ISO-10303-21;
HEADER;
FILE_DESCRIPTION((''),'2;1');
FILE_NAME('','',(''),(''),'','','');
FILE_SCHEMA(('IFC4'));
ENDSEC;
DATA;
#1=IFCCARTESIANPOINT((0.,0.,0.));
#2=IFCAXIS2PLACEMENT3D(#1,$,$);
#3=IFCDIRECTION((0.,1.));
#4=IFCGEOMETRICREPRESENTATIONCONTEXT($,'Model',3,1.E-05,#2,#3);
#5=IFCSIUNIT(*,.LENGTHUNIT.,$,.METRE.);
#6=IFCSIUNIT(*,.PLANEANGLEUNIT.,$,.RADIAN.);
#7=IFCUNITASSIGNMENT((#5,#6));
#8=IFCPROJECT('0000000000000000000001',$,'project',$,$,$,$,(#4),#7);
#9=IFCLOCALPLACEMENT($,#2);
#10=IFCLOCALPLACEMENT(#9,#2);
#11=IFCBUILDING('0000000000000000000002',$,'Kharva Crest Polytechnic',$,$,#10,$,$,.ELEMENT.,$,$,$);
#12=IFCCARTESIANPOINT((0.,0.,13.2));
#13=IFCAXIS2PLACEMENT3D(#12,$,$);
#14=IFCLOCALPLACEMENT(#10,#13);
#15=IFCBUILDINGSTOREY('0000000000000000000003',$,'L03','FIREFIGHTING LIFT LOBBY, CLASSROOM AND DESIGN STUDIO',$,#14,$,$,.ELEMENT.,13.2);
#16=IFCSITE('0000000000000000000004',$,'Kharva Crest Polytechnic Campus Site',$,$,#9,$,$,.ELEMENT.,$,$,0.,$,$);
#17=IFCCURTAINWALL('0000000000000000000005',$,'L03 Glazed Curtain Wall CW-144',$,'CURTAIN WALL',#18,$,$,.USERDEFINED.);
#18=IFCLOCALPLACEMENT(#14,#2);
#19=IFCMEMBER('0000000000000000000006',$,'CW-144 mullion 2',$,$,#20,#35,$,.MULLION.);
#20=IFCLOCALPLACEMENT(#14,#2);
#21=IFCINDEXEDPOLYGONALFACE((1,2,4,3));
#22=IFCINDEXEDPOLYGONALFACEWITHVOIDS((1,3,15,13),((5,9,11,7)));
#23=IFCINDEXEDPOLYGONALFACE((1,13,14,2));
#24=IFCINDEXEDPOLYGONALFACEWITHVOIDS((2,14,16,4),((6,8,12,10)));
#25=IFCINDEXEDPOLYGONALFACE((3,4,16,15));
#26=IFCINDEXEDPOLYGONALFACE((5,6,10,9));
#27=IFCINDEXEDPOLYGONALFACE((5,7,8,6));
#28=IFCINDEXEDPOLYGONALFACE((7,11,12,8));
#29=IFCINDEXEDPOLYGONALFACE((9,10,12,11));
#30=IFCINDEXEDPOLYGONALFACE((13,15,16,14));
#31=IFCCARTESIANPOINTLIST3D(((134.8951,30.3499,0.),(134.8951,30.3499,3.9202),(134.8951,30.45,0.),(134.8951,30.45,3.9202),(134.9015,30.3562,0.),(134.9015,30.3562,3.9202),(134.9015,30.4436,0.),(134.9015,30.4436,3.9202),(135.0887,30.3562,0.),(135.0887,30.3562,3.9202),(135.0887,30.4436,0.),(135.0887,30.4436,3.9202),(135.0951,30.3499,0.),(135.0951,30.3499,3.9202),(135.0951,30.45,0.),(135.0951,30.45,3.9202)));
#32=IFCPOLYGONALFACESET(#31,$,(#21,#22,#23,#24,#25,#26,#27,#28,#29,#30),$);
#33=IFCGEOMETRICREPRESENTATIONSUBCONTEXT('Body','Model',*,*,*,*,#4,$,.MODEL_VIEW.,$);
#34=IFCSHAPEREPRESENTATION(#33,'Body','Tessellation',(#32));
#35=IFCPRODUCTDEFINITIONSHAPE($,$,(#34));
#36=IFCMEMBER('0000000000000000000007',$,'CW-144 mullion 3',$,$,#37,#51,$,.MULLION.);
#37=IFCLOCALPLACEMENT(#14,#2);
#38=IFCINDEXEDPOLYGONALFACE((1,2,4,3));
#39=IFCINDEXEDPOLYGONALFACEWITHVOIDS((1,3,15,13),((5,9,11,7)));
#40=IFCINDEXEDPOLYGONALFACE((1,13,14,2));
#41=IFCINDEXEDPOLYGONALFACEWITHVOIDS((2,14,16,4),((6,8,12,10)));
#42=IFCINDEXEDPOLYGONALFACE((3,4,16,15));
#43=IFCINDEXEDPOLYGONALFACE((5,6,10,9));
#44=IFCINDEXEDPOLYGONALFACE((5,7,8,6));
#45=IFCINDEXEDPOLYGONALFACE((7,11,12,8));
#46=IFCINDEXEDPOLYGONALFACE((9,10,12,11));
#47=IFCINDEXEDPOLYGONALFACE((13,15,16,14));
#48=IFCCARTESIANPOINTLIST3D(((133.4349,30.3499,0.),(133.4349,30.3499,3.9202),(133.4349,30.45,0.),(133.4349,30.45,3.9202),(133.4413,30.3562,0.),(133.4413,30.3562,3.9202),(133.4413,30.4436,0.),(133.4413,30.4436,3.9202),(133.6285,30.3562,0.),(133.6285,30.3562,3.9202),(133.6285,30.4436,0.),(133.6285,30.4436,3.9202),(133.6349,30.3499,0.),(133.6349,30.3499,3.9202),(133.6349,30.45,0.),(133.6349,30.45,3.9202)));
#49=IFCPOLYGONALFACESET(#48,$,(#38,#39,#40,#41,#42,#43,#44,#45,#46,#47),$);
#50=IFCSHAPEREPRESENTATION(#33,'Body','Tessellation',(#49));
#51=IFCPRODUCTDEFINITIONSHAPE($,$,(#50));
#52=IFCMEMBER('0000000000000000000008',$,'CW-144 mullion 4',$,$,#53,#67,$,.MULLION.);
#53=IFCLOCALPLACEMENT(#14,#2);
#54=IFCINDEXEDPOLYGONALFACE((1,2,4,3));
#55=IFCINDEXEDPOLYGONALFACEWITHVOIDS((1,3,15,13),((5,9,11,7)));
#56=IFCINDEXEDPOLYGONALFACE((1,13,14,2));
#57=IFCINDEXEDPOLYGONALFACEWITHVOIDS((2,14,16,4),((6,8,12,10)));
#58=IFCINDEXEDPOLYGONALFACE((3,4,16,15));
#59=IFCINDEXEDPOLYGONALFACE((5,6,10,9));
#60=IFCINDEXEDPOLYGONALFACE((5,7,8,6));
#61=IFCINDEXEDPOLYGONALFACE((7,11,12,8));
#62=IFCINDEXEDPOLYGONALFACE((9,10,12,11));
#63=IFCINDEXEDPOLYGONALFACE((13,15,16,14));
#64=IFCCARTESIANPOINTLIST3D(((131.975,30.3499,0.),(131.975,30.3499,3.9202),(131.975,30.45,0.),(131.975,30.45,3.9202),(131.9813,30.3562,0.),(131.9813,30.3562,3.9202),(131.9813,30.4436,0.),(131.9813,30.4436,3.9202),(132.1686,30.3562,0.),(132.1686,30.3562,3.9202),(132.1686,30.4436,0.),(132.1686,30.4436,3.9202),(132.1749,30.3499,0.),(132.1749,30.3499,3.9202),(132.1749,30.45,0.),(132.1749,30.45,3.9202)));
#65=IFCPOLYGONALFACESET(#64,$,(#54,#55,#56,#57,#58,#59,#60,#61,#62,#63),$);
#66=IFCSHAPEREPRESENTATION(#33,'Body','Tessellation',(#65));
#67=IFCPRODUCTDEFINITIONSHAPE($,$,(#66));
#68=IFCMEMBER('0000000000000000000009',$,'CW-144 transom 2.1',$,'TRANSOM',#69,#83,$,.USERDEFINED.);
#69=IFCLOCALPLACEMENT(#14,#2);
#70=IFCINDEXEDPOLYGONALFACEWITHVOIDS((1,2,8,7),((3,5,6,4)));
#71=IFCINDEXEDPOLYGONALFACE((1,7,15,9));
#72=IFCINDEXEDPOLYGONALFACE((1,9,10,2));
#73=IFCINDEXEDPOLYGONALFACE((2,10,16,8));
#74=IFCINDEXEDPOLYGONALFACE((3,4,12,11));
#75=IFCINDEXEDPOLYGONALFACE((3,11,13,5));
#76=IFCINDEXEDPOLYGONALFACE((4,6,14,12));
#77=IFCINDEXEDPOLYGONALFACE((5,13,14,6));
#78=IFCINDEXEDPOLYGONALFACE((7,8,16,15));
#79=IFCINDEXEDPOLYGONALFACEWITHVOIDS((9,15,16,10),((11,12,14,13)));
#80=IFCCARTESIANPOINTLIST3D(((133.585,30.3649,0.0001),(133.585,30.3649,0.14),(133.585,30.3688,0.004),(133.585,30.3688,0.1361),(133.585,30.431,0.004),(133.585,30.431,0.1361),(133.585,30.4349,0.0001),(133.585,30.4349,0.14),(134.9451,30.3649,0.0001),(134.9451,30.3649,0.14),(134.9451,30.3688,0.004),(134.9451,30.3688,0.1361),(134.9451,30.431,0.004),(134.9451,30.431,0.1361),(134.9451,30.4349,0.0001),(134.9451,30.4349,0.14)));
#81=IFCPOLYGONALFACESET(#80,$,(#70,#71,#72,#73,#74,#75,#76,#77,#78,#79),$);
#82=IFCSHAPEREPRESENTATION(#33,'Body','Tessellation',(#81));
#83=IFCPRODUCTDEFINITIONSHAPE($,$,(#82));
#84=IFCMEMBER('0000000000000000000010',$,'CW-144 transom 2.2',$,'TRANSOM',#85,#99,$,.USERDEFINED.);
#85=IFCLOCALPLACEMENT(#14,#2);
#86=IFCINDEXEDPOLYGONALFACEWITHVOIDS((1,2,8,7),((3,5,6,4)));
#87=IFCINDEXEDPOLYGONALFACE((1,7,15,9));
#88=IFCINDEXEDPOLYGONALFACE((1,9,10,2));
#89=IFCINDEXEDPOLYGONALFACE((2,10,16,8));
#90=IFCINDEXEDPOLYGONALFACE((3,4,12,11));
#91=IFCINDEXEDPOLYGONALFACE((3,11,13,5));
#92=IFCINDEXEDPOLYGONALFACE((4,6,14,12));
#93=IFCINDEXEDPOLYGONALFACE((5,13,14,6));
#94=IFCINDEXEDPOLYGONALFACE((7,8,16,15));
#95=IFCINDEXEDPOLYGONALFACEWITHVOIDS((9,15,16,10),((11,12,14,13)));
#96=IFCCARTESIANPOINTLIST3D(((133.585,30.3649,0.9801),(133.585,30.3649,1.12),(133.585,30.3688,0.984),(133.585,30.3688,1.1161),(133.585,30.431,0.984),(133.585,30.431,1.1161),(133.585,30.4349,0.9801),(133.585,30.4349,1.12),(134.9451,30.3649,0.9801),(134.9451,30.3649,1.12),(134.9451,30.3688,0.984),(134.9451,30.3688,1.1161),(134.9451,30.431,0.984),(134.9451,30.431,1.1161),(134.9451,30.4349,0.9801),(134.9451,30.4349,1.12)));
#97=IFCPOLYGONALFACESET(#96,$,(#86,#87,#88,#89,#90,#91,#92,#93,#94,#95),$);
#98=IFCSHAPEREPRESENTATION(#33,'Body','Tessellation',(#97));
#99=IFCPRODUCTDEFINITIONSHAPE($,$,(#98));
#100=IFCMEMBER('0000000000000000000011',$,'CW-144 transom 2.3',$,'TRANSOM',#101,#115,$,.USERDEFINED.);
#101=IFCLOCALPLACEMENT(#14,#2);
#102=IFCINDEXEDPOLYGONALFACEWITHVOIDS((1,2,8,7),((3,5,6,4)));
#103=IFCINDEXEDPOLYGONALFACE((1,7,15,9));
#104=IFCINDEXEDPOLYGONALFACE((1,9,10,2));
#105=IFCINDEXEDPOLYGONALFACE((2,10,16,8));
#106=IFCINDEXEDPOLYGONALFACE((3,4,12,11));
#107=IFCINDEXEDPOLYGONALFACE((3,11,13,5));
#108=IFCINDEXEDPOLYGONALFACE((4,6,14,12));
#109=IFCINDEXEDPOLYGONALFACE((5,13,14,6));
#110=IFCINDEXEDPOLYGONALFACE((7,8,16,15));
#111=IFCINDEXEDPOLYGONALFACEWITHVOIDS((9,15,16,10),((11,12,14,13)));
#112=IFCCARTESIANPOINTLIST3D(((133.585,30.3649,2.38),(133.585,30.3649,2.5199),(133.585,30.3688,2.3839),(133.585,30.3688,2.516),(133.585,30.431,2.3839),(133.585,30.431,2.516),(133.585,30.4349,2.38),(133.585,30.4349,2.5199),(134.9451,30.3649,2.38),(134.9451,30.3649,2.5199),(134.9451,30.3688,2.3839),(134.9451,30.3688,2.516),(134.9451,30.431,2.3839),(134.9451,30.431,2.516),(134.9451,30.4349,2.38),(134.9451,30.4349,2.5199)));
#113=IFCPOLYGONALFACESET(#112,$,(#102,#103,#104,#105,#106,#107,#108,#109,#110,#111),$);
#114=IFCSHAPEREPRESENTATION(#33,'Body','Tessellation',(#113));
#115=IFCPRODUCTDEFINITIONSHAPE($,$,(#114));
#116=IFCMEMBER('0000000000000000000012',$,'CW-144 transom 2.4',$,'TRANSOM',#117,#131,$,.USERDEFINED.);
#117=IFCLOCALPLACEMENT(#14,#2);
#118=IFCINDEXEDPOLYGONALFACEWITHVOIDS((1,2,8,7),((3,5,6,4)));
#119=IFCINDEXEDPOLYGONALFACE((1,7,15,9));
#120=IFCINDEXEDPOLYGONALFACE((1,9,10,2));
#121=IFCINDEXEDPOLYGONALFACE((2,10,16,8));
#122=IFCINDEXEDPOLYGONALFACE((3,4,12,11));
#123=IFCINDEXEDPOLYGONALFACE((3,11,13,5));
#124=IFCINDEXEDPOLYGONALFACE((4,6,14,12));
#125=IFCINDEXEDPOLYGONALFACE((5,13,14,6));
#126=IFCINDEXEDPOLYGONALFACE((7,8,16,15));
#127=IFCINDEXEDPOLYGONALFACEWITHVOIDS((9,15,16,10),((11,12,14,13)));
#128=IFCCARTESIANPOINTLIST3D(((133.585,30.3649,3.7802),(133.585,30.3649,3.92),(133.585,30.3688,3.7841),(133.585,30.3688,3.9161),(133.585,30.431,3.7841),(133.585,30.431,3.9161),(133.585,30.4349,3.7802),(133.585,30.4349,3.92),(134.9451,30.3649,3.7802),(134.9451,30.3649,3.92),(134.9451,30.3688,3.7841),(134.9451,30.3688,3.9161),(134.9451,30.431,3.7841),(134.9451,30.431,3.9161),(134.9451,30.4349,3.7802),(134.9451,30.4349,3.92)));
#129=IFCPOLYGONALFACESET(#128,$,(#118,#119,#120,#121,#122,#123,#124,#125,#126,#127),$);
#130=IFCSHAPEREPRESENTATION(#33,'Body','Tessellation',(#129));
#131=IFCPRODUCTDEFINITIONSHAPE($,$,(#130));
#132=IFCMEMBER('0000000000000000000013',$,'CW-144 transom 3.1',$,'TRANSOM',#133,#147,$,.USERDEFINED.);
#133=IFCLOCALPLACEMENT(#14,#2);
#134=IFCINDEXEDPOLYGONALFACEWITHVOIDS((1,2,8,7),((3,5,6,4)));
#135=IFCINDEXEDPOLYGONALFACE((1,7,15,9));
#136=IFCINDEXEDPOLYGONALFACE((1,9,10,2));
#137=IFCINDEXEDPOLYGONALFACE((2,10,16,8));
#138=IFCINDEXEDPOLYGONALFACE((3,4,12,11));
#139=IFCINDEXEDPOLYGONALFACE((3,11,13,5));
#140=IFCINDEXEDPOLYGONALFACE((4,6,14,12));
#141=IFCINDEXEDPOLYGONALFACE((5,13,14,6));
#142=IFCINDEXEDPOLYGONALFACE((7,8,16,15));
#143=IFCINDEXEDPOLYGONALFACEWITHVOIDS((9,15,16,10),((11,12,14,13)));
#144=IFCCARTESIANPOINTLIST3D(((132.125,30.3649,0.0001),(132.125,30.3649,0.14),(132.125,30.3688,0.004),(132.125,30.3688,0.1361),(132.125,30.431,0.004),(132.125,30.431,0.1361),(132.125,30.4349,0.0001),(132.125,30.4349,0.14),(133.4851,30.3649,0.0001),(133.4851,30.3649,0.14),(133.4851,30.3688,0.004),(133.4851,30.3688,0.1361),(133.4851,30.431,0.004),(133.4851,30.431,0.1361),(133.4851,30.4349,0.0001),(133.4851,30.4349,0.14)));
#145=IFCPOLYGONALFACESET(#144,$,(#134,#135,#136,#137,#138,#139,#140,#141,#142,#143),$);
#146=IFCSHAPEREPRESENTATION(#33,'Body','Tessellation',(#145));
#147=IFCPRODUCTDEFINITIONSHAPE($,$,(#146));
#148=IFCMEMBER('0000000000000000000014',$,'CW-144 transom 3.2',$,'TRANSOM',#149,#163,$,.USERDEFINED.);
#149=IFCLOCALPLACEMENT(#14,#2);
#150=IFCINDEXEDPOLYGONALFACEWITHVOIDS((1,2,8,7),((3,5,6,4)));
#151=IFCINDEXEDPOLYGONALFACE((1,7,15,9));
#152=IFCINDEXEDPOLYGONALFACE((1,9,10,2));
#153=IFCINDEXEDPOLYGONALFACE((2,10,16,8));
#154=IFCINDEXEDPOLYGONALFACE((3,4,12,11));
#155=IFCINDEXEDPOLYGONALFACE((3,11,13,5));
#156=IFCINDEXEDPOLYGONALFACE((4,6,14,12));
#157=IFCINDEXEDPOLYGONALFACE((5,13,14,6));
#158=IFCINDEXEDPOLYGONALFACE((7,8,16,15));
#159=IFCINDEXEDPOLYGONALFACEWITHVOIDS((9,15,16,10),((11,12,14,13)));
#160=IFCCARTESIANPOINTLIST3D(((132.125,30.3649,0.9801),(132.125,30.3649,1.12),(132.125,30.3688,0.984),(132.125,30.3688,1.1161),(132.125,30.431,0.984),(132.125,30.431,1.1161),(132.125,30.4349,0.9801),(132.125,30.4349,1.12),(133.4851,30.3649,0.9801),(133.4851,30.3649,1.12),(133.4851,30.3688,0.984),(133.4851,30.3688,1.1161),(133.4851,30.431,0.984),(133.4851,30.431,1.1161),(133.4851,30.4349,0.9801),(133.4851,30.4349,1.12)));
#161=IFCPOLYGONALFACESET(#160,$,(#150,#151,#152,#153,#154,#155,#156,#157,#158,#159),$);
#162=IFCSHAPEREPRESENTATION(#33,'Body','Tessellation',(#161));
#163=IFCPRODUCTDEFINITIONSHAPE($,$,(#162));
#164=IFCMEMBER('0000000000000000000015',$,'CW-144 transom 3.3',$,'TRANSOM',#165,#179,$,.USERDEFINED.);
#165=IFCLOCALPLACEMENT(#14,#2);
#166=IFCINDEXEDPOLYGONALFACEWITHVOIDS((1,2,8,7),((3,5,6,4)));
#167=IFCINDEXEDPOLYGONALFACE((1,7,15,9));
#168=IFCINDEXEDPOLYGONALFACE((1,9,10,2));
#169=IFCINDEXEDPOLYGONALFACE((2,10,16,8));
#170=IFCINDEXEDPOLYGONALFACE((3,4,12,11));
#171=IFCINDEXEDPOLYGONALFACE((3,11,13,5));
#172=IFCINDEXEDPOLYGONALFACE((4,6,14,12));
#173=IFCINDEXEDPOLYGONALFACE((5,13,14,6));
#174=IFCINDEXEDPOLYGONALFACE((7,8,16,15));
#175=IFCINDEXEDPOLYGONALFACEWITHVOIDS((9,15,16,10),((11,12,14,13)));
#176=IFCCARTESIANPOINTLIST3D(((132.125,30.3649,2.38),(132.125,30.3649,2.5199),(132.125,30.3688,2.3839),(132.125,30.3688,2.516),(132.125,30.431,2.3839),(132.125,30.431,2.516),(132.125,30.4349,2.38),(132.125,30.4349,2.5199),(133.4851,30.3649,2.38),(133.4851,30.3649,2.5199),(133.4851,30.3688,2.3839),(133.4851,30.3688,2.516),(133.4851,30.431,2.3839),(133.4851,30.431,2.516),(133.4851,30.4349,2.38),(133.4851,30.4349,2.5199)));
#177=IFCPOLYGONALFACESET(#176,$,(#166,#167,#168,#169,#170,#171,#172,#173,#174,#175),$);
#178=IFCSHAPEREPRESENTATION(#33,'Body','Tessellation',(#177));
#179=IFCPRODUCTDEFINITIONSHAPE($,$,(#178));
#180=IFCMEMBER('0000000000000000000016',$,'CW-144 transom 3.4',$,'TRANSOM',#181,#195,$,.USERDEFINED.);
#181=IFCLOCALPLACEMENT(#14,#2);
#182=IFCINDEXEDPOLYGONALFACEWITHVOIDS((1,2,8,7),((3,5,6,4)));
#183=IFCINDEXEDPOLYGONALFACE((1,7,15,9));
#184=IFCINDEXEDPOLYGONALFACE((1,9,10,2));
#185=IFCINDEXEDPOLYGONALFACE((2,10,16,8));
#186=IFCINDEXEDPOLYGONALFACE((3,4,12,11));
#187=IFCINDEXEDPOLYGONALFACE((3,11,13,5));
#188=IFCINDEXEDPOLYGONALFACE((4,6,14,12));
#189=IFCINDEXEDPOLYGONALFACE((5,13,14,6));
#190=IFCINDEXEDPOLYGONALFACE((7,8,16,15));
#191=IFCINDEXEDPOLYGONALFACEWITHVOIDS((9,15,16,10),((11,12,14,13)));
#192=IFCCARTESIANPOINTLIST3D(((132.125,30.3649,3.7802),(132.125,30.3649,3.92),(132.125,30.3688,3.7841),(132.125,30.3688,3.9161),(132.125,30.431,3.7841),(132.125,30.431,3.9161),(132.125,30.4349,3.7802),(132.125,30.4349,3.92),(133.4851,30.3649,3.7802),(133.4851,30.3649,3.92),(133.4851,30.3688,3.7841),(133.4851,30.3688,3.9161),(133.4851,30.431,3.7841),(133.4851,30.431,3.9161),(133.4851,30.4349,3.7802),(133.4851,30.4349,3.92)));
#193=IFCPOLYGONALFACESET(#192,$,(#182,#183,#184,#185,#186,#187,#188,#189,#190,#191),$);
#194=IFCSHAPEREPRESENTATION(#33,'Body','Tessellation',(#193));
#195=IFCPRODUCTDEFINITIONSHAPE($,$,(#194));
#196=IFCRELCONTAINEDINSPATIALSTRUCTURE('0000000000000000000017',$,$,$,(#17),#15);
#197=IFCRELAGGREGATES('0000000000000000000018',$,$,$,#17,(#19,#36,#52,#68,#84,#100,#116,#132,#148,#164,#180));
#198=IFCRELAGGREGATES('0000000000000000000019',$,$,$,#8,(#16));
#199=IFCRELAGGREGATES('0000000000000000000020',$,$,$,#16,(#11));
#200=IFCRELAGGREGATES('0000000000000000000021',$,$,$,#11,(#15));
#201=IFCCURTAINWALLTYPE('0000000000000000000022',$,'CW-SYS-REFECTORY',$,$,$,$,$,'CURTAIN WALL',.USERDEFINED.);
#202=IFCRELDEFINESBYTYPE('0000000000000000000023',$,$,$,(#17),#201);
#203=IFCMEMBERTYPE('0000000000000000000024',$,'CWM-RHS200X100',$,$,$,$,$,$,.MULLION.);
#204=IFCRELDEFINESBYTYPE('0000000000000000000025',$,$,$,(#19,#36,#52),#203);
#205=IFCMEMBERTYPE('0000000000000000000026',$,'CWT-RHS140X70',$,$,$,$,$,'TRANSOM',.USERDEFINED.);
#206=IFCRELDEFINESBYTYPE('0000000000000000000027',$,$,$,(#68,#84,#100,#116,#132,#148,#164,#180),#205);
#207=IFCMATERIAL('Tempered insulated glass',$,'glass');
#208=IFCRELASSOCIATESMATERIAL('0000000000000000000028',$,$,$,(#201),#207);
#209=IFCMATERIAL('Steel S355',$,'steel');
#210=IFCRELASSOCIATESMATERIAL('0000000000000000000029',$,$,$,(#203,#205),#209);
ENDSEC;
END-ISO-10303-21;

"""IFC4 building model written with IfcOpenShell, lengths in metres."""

from ifc_helpers import new_model, si_unit, direction, frame, origin, origin_2d, place, context, subcontext, project, spatial, hollow_rectangle, extrude, material, material_profile, profile_set, type_object, element, aggregate, save


model = new_model("IFC4")

# Units and contexts
model_context = context("Model", 3, precision=1e-05, world=origin(), true_north=direction((0.0, 1.0)))
body_context = subcontext(model_context, "Body", "Model", "MODEL_VIEW")
ifc_project = project(units=[si_unit("LENGTHUNIT", "METRE"), si_unit("PLANEANGLEUNIT", "RADIAN")], contexts=[model_context])

# Site, building, storey
site_placement = place(None, origin())
site = spatial("IfcSite", under=ifc_project, at=site_placement, Name="Kharva Crest Polytechnic Campus Site", CompositionType="ELEMENT", RefElevation=0.0)
building_placement = place(site_placement, origin())
building = spatial("IfcBuilding", under=site, at=building_placement, Name="Kharva Crest Polytechnic", CompositionType="ELEMENT")
storey_placement = place(building_placement, frame((0.0, 0.0, 13.2)))
storey = spatial("IfcBuildingStorey", under=building, at=storey_placement, Name="L03", Description="FIREFIGHTING LIFT LOBBY, CLASSROOM AND DESIGN STUDIO", CompositionType="ELEMENT", Elevation=13.2)

# Curtain wall, members
ifc_material_1 = material(Name="Tempered insulated glass", Category="glass")
curtain_wall_type = type_object("IfcCurtainWallType", Name="CW-SYS-REFECTORY", ElementType="CURTAIN WALL", PredefinedType="USERDEFINED", material=ifc_material_1)
curtain_wall_placement = place(storey_placement, origin())
curtain_wall = element("IfcCurtainWall", 1, at=curtain_wall_placement, inside=storey, type_object=curtain_wall_type, Name="L03 Glazed Curtain Wall CW-144", ObjectType="CURTAIN WALL", PredefinedType="USERDEFINED")
ifc_material_2 = material(Name="Steel S355", Category="steel")
ifc_material_profile_1 = material_profile(ifc_material_2, hollow_rectangle(XDim=0.1001, YDim=0.2, WallThickness=0.0063, at=origin_2d()), Name="RHS 200X100X6.3")
ifc_profile_set_1 = profile_set([ifc_material_profile_1], Name="Steel S355")
member_type_1 = type_object("IfcMemberType", Name="CWM-RHS200X100", PredefinedType="MULLION", material=ifc_profile_set_1)
member_1_placement = place(storey_placement, frame((134.9951, 30.3999, 0.0), z_axis=(0.0, 0.0, 1.0), x_axis=(0.0, -1.0, 0.0)))
member_1 = element("IfcMember", 2, at=member_1_placement, type_object=member_type_1, Name="CW-144 mullion 2", PredefinedType="MULLION", context=body_context, shape_type="SweptSolid", body=[
    extrude(hollow_rectangle(XDim=0.1001, YDim=0.2, WallThickness=0.0063, at=origin_2d()), origin(), (0.0, 0.0, 1.0), 3.9202),
])
member_2_placement = place(storey_placement, frame((133.5349, 30.3999, 0.0), z_axis=(0.0, 0.0, 1.0), x_axis=(0.0, -1.0, 0.0)))
member_2 = element("IfcMember", 3, at=member_2_placement, type_object=member_type_1, Name="CW-144 mullion 3", PredefinedType="MULLION", context=body_context, shape_type="SweptSolid", body=[
    extrude(hollow_rectangle(XDim=0.1001, YDim=0.2, WallThickness=0.0063, at=origin_2d()), origin(), (0.0, 0.0, 1.0), 3.9202),
])
member_3_placement = place(storey_placement, frame((132.075, 30.3999, 0.0), z_axis=(0.0, 0.0, 1.0), x_axis=(0.0, -1.0, 0.0)))
member_3 = element("IfcMember", 4, at=member_3_placement, type_object=member_type_1, Name="CW-144 mullion 4", PredefinedType="MULLION", context=body_context, shape_type="SweptSolid", body=[
    extrude(hollow_rectangle(XDim=0.1001, YDim=0.2, WallThickness=0.0063, at=origin_2d()), origin(), (0.0, 0.0, 1.0), 3.9202),
])
ifc_material_profile_2 = material_profile(ifc_material_2, hollow_rectangle(XDim=0.0701, YDim=0.1399, WallThickness=0.0039, at=origin_2d()), Name="RHS 140X70X4.0")
ifc_profile_set_2 = profile_set([ifc_material_profile_2], Name="Steel S355")
member_type_2 = type_object("IfcMemberType", Name="CWT-RHS140X70", ElementType="TRANSOM", PredefinedType="USERDEFINED", material=ifc_profile_set_2)
member_4_placement = place(storey_placement, frame((134.9451, 30.3999, 0.0701), z_axis=(-1.0, 0.0, 0.0), x_axis=(0.0, -1.0, 0.0)))
member_4 = element("IfcMember", 5, at=member_4_placement, type_object=member_type_2, Name="CW-144 transom 2.1", ObjectType="TRANSOM", PredefinedType="USERDEFINED", context=body_context, shape_type="SweptSolid", body=[
    extrude(hollow_rectangle(XDim=0.0701, YDim=0.1399, WallThickness=0.0039, at=origin_2d()), origin(), (0.0, 0.0, 1.0), 1.3601),
])
member_5_placement = place(storey_placement, frame((134.9451, 30.3999, 1.05), z_axis=(-1.0, 0.0, 0.0), x_axis=(0.0, -1.0, 0.0)))
member_5 = element("IfcMember", 6, at=member_5_placement, type_object=member_type_2, Name="CW-144 transom 2.2", ObjectType="TRANSOM", PredefinedType="USERDEFINED", context=body_context, shape_type="SweptSolid", body=[
    extrude(hollow_rectangle(XDim=0.0701, YDim=0.1399, WallThickness=0.0039, at=origin_2d()), origin(), (0.0, 0.0, 1.0), 1.3601),
])
member_6_placement = place(storey_placement, frame((134.9451, 30.3999, 2.45), z_axis=(-1.0, 0.0, 0.0), x_axis=(0.0, -1.0, 0.0)))
member_6 = element("IfcMember", 7, at=member_6_placement, type_object=member_type_2, Name="CW-144 transom 2.3", ObjectType="TRANSOM", PredefinedType="USERDEFINED", context=body_context, shape_type="SweptSolid", body=[
    extrude(hollow_rectangle(XDim=0.0701, YDim=0.1399, WallThickness=0.0039, at=origin_2d()), origin(), (0.0, 0.0, 1.0), 1.3601),
])
member_7_placement = place(storey_placement, frame((134.9451, 30.3999, 3.8501), z_axis=(-1.0, 0.0, 0.0), x_axis=(0.0, -1.0, 0.0)))
member_7 = element("IfcMember", 8, at=member_7_placement, type_object=member_type_2, Name="CW-144 transom 2.4", ObjectType="TRANSOM", PredefinedType="USERDEFINED", context=body_context, shape_type="SweptSolid", body=[
    extrude(hollow_rectangle(XDim=0.0701, YDim=0.1399, WallThickness=0.0039, at=origin_2d()), origin(), (0.0, 0.0, 1.0), 1.3601),
])
member_8_placement = place(storey_placement, frame((133.4851, 30.3999, 0.0701), z_axis=(-1.0, 0.0, 0.0), x_axis=(0.0, -1.0, 0.0)))
member_8 = element("IfcMember", 9, at=member_8_placement, type_object=member_type_2, Name="CW-144 transom 3.1", ObjectType="TRANSOM", PredefinedType="USERDEFINED", context=body_context, shape_type="SweptSolid", body=[
    extrude(hollow_rectangle(XDim=0.0701, YDim=0.1399, WallThickness=0.0039, at=origin_2d()), origin(), (0.0, 0.0, 1.0), 1.3601),
])
member_9_placement = place(storey_placement, frame((133.4851, 30.3999, 1.05), z_axis=(-1.0, 0.0, 0.0), x_axis=(0.0, -1.0, 0.0)))
member_9 = element("IfcMember", 10, at=member_9_placement, type_object=member_type_2, Name="CW-144 transom 3.2", ObjectType="TRANSOM", PredefinedType="USERDEFINED", context=body_context, shape_type="SweptSolid", body=[
    extrude(hollow_rectangle(XDim=0.0701, YDim=0.1399, WallThickness=0.0039, at=origin_2d()), origin(), (0.0, 0.0, 1.0), 1.3601),
])
member_10_placement = place(storey_placement, frame((133.4851, 30.3999, 2.45), z_axis=(-1.0, 0.0, 0.0), x_axis=(0.0, -1.0, 0.0)))
member_10 = element("IfcMember", 11, at=member_10_placement, type_object=member_type_2, Name="CW-144 transom 3.3", ObjectType="TRANSOM", PredefinedType="USERDEFINED", context=body_context, shape_type="SweptSolid", body=[
    extrude(hollow_rectangle(XDim=0.0701, YDim=0.1399, WallThickness=0.0039, at=origin_2d()), origin(), (0.0, 0.0, 1.0), 1.3601),
])
member_11_placement = place(storey_placement, frame((133.4851, 30.3999, 3.8501), z_axis=(-1.0, 0.0, 0.0), x_axis=(0.0, -1.0, 0.0)))
member_11 = element("IfcMember", 12, at=member_11_placement, type_object=member_type_2, Name="CW-144 transom 3.4", ObjectType="TRANSOM", PredefinedType="USERDEFINED", context=body_context, shape_type="SweptSolid", body=[
    extrude(hollow_rectangle(XDim=0.0701, YDim=0.1399, WallThickness=0.0039, at=origin_2d()), origin(), (0.0, 0.0, 1.0), 1.3601),
])
aggregate(curtain_wall, [member_1, member_2, member_3, member_4, member_5, member_6, member_7, member_8, member_9, member_10, member_11])

save(model, "model.ifc")
